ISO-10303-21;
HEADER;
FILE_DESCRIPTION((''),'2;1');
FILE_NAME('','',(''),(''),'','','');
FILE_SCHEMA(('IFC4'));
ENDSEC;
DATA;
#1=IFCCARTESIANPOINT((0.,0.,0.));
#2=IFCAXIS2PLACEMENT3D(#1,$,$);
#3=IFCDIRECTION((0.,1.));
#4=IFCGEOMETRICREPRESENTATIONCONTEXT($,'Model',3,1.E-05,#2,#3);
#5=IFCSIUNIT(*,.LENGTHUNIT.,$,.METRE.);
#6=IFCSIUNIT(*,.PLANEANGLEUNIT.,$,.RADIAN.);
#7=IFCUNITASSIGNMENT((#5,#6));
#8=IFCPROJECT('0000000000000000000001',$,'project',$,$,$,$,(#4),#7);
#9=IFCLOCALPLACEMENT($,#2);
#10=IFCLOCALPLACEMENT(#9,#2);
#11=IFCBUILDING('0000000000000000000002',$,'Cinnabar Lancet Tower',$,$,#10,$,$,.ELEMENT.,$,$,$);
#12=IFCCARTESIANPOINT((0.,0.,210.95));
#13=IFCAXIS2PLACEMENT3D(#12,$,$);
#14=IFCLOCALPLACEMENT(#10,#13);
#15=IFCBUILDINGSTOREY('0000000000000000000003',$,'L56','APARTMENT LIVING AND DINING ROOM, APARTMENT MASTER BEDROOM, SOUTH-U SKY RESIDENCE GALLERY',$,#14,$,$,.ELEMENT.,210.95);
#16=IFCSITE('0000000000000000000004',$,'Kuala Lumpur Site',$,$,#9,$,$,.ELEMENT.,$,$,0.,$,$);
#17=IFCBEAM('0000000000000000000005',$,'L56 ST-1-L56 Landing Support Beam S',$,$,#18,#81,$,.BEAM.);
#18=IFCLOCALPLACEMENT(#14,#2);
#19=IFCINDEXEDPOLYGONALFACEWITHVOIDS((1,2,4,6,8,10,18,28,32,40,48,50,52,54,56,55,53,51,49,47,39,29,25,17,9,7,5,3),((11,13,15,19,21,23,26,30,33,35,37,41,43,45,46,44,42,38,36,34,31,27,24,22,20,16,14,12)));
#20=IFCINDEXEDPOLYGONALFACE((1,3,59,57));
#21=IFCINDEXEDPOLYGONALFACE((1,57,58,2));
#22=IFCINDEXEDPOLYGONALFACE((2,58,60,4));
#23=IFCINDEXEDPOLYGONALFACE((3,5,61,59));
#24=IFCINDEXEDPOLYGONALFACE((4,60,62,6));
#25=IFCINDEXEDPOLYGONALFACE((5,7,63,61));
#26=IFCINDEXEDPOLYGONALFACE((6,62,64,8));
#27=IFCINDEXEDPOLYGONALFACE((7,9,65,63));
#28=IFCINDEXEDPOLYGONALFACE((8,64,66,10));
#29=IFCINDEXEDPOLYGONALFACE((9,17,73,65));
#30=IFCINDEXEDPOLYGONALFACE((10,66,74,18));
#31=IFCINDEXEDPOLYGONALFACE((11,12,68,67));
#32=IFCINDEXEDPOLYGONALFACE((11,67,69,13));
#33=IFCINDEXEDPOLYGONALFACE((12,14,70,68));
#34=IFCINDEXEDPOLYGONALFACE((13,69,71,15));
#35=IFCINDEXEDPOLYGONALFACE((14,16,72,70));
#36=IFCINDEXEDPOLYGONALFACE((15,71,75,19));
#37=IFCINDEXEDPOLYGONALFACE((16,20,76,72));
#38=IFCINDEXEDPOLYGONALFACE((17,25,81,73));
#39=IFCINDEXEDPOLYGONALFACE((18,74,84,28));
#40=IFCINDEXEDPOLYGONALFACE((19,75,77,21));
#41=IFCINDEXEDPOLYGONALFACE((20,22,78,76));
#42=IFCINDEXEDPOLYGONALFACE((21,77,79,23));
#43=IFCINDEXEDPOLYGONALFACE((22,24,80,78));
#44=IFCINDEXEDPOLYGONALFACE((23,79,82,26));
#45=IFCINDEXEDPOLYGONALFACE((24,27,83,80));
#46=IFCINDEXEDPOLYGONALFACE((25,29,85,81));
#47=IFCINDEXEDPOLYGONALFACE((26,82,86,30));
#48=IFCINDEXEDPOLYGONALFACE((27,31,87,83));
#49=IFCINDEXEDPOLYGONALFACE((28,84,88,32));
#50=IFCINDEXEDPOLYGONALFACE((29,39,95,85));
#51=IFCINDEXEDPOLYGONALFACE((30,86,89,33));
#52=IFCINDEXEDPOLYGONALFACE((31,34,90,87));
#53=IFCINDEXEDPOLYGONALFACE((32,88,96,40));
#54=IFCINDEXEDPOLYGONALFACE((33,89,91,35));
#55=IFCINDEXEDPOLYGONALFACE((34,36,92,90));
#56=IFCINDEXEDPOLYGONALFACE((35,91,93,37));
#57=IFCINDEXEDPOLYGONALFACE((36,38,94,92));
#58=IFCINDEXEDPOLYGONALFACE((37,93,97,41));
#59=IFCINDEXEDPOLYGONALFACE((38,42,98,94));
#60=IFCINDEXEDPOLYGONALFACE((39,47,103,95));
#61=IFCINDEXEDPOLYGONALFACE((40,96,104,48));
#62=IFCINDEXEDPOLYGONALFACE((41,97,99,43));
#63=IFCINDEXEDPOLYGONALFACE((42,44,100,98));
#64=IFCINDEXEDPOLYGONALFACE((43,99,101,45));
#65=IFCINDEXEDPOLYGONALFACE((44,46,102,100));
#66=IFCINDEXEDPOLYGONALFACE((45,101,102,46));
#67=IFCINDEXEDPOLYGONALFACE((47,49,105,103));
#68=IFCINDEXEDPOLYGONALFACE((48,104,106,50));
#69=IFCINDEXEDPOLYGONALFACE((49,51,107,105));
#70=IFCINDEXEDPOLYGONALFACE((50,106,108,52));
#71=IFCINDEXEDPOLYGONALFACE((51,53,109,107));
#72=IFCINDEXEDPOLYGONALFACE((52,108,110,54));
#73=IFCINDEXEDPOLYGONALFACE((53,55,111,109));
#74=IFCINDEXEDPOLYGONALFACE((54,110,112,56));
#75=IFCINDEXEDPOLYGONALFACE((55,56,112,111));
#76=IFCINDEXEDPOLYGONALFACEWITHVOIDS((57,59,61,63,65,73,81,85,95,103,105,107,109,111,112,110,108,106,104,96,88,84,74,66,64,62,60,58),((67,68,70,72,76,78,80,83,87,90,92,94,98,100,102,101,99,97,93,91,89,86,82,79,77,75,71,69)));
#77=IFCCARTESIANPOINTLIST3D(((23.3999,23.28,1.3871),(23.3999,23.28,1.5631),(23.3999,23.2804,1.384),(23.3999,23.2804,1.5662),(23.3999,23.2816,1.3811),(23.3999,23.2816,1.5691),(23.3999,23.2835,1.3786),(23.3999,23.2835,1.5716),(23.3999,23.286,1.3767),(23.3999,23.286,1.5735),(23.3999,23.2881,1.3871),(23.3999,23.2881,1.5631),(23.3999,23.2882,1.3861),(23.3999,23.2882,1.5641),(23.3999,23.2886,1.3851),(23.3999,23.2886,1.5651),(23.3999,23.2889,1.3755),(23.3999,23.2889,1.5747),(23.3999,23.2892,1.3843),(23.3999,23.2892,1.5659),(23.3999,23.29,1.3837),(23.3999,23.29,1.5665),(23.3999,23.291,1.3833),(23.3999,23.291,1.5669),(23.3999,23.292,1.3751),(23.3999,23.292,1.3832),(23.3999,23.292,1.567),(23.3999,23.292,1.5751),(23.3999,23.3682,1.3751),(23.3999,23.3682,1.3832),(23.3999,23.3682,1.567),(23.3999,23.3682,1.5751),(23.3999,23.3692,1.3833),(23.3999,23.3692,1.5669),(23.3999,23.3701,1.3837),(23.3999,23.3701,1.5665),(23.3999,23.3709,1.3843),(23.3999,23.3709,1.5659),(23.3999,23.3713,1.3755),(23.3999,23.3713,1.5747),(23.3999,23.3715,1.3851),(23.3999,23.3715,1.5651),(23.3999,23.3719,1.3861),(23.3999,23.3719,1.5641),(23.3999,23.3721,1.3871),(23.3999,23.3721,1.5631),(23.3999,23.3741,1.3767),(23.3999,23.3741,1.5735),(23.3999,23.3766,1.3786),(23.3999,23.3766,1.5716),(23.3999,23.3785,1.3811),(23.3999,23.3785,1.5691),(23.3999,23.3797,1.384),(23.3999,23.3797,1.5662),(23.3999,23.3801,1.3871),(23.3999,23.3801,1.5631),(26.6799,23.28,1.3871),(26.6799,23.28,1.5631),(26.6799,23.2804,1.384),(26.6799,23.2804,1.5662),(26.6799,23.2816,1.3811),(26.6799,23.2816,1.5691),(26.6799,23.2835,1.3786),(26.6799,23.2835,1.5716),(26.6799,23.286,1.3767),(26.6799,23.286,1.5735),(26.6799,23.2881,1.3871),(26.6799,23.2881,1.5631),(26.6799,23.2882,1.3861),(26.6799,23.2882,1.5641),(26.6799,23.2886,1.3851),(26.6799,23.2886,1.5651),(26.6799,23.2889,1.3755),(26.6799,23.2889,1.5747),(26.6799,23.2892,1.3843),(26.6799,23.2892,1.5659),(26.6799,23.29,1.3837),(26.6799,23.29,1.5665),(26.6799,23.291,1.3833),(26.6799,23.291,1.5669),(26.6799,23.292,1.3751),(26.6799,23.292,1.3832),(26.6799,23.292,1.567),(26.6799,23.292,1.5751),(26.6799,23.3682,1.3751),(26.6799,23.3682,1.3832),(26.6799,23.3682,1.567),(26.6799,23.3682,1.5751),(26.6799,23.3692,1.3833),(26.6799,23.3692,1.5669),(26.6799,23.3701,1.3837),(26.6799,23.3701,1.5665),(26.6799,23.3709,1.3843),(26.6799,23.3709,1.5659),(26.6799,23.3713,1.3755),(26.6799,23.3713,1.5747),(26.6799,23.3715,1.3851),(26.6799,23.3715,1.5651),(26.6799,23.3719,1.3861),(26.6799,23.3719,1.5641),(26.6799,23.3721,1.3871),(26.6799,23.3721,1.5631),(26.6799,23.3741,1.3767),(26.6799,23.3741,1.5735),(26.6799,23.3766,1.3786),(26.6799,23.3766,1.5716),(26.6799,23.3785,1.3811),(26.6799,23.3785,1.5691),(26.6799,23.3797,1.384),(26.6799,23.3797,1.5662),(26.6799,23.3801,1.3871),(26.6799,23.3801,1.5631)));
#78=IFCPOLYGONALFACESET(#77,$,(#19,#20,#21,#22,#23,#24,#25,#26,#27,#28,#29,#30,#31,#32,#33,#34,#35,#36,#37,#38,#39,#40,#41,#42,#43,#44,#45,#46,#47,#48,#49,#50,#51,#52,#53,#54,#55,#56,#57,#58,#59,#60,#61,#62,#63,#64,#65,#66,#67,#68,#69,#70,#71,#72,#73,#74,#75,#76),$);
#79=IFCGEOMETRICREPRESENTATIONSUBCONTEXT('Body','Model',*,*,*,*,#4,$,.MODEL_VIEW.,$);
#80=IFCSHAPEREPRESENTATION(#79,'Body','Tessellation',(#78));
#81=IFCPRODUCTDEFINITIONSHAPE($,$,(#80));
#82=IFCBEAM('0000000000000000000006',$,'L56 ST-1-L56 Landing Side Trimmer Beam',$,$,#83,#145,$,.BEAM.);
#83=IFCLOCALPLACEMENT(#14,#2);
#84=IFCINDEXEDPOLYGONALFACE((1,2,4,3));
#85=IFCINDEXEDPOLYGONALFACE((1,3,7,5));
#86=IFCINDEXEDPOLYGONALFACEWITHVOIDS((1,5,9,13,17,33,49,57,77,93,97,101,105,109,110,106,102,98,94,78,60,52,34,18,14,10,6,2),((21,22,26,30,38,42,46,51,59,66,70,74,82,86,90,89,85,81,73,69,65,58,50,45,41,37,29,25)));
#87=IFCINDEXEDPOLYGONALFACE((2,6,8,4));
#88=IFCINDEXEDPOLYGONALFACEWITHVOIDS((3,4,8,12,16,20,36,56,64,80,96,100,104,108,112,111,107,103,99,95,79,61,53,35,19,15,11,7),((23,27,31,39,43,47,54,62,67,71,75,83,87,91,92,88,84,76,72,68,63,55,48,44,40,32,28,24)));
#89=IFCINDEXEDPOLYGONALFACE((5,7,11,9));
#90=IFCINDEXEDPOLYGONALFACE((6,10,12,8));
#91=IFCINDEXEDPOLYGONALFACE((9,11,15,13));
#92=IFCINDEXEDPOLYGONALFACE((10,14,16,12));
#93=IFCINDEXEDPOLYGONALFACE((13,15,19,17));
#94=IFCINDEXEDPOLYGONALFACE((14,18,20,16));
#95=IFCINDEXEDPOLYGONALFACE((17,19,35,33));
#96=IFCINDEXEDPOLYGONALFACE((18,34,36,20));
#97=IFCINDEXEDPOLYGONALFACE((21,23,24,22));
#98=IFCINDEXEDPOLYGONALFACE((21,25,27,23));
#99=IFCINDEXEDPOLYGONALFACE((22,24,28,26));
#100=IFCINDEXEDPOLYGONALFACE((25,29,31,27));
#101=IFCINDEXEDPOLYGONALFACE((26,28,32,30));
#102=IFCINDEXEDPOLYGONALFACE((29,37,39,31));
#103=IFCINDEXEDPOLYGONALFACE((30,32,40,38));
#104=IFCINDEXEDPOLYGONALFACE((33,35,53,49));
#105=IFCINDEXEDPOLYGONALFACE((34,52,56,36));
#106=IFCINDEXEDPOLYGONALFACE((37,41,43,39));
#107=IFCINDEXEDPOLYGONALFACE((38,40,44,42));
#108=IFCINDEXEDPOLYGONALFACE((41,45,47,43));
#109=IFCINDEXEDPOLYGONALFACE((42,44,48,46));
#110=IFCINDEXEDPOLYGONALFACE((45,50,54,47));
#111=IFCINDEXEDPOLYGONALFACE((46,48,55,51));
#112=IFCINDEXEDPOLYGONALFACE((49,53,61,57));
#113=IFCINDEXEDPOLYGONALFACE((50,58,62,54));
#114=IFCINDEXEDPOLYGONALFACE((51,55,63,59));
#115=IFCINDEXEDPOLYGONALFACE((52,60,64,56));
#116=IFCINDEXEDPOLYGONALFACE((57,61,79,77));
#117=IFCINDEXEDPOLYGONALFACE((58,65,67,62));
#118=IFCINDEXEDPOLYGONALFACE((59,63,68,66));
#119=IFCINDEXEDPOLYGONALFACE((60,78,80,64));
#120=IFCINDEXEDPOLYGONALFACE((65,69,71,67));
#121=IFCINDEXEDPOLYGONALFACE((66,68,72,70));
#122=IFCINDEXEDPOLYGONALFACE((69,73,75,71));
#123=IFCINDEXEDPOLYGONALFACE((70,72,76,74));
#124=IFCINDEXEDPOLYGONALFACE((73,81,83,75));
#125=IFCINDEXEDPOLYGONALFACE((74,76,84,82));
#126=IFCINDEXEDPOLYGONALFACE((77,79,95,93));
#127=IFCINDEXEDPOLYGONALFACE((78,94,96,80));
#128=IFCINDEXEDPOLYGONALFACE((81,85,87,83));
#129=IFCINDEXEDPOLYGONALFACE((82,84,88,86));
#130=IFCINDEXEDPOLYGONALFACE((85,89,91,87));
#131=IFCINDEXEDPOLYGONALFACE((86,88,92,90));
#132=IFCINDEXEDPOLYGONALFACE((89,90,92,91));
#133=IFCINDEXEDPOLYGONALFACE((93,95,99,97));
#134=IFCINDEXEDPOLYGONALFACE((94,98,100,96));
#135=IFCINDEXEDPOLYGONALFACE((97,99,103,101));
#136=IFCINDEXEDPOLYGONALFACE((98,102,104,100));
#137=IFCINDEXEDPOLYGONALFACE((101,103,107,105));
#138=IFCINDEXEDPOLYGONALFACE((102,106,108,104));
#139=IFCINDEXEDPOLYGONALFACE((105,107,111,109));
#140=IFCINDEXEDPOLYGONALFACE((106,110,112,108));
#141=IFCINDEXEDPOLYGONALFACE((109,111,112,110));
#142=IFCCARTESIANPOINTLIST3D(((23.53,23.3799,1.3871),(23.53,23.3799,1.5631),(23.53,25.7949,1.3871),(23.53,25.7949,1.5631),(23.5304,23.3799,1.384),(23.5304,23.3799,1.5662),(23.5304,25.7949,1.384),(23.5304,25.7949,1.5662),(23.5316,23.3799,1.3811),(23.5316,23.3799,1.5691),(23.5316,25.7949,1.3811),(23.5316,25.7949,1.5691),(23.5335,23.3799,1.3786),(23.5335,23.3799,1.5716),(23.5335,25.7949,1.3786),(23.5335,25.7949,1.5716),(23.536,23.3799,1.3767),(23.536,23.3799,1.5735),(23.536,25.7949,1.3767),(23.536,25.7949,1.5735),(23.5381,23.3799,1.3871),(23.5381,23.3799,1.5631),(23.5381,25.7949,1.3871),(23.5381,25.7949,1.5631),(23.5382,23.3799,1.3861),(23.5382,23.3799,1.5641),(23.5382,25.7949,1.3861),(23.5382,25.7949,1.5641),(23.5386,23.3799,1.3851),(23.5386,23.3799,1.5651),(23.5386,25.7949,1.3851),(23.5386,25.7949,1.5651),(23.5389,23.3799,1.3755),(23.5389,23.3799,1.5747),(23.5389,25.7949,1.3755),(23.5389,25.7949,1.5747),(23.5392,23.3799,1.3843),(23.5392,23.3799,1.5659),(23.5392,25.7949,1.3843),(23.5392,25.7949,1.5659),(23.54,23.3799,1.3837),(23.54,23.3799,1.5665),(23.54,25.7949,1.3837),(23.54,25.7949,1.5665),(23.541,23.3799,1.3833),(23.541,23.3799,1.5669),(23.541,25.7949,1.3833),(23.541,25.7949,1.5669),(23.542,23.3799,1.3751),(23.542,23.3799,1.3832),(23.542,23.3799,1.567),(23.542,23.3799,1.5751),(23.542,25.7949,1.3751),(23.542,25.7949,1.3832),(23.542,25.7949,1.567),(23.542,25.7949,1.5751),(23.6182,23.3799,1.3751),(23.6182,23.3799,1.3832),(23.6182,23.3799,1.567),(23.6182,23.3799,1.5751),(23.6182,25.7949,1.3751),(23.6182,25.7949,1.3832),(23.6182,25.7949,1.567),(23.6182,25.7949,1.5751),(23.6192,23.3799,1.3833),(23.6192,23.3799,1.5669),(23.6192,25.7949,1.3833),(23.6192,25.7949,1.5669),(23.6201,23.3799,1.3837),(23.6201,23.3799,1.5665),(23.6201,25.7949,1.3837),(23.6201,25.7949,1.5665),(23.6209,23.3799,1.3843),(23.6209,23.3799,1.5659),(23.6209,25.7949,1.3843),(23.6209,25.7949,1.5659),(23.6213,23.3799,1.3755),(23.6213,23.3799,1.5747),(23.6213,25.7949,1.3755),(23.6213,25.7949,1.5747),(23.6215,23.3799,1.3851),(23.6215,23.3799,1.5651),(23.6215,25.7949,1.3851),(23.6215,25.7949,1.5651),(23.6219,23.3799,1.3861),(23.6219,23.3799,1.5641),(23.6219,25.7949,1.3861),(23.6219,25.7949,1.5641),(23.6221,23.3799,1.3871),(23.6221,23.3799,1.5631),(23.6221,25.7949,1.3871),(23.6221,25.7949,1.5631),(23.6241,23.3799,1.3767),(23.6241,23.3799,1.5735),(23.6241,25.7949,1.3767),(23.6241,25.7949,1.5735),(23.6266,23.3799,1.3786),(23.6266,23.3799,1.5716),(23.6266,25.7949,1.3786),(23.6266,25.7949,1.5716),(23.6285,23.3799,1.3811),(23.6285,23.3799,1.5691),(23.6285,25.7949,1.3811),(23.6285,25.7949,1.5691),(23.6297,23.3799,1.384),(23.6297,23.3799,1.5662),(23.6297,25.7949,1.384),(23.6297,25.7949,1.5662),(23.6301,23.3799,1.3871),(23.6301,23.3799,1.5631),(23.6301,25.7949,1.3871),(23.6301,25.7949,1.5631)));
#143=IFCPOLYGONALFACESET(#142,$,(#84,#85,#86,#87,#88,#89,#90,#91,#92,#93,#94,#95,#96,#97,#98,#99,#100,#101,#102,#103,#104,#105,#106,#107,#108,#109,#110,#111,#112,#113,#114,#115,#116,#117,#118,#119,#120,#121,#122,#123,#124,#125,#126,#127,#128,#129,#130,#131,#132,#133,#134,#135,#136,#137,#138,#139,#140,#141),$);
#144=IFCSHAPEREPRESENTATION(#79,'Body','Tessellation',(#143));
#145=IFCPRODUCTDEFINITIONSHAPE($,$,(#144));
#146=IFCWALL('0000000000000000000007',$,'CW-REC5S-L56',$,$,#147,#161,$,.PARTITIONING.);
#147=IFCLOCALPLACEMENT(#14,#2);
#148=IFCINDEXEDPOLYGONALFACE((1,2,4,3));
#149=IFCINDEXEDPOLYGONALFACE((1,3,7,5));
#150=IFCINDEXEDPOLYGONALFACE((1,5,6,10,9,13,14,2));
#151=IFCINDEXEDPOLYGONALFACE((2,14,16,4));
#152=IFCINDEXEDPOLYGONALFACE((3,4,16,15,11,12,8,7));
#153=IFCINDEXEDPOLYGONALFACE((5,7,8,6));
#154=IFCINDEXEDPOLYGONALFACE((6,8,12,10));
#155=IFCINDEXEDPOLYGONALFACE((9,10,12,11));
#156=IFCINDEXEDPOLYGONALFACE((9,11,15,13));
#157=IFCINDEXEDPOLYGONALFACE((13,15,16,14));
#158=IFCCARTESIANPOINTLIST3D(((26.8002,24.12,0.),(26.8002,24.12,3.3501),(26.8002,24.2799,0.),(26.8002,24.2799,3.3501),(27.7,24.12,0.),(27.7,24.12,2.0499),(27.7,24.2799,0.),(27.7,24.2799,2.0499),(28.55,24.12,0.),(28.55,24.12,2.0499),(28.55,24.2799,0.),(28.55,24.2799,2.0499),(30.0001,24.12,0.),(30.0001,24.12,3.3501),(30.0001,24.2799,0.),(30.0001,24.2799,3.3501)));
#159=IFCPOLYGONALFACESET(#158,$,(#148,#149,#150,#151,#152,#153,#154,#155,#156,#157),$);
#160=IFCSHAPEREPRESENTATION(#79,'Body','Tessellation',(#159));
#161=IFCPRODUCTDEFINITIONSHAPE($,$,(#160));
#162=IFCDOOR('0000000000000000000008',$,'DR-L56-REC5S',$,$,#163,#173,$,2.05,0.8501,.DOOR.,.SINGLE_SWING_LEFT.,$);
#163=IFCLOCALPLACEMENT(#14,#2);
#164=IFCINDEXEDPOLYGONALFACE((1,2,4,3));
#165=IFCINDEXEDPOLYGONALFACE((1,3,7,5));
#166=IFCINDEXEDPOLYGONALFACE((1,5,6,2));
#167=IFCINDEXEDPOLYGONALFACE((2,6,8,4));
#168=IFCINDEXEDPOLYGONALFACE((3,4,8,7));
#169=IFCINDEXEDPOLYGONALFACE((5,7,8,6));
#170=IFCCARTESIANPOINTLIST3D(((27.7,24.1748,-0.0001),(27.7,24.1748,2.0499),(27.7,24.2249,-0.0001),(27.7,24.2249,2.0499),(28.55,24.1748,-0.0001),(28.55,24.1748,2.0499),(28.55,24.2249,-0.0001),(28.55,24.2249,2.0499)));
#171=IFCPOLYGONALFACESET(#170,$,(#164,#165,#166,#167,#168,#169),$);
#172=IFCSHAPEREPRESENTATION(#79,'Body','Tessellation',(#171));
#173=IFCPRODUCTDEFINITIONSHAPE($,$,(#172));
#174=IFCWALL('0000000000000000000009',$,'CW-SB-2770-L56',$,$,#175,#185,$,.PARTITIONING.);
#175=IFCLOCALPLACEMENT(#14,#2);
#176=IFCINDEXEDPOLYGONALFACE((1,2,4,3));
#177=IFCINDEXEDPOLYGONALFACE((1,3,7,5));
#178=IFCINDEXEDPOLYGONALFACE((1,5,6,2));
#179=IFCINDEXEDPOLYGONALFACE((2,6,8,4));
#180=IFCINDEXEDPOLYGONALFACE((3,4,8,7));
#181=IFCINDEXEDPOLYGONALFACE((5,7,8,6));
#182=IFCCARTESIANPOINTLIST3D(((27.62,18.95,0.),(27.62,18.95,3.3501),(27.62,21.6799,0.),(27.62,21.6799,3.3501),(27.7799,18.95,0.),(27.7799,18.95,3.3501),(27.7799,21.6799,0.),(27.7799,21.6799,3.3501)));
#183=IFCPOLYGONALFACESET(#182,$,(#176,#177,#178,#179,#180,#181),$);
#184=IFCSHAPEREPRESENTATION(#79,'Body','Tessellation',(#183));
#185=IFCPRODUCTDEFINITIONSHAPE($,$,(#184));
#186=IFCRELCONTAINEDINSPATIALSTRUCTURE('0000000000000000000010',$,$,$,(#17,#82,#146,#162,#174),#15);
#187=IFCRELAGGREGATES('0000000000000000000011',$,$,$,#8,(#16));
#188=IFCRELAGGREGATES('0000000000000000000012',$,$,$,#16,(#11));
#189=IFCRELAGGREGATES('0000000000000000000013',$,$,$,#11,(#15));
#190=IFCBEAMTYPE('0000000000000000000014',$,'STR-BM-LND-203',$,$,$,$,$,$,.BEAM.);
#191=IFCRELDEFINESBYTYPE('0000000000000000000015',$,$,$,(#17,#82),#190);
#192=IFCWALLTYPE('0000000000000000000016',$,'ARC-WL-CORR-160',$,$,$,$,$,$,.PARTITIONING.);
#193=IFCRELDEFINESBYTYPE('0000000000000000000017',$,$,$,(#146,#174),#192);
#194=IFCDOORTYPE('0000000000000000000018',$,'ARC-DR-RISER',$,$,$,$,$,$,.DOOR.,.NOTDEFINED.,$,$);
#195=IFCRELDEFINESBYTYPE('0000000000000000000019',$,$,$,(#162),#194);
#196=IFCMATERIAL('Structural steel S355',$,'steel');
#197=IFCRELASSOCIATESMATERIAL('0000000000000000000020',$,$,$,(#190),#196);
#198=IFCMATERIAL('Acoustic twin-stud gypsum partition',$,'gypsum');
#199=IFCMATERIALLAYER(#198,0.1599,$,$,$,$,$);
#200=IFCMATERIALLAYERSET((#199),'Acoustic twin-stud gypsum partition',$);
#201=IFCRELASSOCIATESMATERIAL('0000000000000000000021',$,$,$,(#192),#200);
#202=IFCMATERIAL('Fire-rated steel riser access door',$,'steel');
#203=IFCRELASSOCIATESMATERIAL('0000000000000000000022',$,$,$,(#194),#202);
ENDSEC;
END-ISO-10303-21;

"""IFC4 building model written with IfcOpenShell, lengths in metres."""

from ifc_helpers import new_model, si_unit, direction, frame, frame_2d, origin, origin_2d, place, context, subcontext, project, spatial, rectangle, hollow_rectangle, extrude, material, layer, layer_set, material_profile, profile_set, type_object, element, fill, save


model = new_model("IFC4")

# Units and contexts
model_context = context("Model", 3, precision=1e-05, world=origin(), true_north=direction((0.0, 1.0)))
body_context = subcontext(model_context, "Body", "Model", "MODEL_VIEW")
ifc_project = project(units=[si_unit("LENGTHUNIT", "METRE"), si_unit("PLANEANGLEUNIT", "RADIAN")], contexts=[model_context])

# Site, building, storey
site_placement = place(None, origin())
site = spatial("IfcSite", under=ifc_project, at=site_placement, Name="Kuala Lumpur Site", CompositionType="ELEMENT", RefElevation=0.0)
building_placement = place(site_placement, origin())
building = spatial("IfcBuilding", under=site, at=building_placement, Name="Cinnabar Lancet Tower", CompositionType="ELEMENT")
storey_placement = place(building_placement, frame((0.0, 0.0, 210.95)))
storey = spatial("IfcBuildingStorey", under=building, at=storey_placement, Name="L56", Description="APARTMENT LIVING AND DINING ROOM, APARTMENT MASTER BEDROOM, SOUTH-U SKY RESIDENCE GALLERY", CompositionType="ELEMENT", Elevation=210.95)

# Beams
ifc_material_1 = material(Name="Structural steel S355", Category="steel")
ifc_material_profile_1 = material_profile(ifc_material_1, hollow_rectangle(XDim=0.1001, YDim=0.2, WallThickness=0.0081, InnerFilletRadius=0.0039, OuterFilletRadius=0.012, at=origin_2d()), Name="RHS 200x100x8")
ifc_profile_set_1 = profile_set([ifc_material_profile_1], Name="Structural steel S355")
beam_type_1 = type_object("IfcBeamType", Name="STR-BM-LND-203", PredefinedType="BEAM", material=ifc_profile_set_1)
beam_1_placement = place(storey_placement, frame((23.3999, 23.3301, 1.4751), z_axis=(1.0, 0.0, 0.0), x_axis=(0.0, 1.0, 0.0)))
element("IfcBeam", 1, at=beam_1_placement, inside=storey, type_object=beam_type_1, Name="L56 ST-1-L56 Landing Support Beam S", PredefinedType="BEAM", context=body_context, shape_type="SweptSolid", body=[
    extrude(hollow_rectangle(XDim=0.1001, YDim=0.2, WallThickness=0.0081, InnerFilletRadius=0.0039, OuterFilletRadius=0.012, at=origin_2d()), origin(), (0.0, 0.0, 1.0), 3.28),
])
beam_2_placement = place(storey_placement, frame((23.5801, 23.3799, 1.4751), z_axis=(0.0, 1.0, 0.0), x_axis=(-1.0, 0.0, 0.0)))
element("IfcBeam", 2, at=beam_2_placement, inside=storey, type_object=beam_type_1, Name="L56 ST-1-L56 Landing Side Trimmer Beam", PredefinedType="BEAM", context=body_context, shape_type="SweptSolid", body=[
    extrude(hollow_rectangle(XDim=0.1001, YDim=0.2, WallThickness=0.0081, InnerFilletRadius=0.0039, OuterFilletRadius=0.012, at=origin_2d()), origin(), (0.0, 0.0, 1.0), 2.415),
])

# Wall, opening, door
ifc_material_2 = material(Name="Acoustic twin-stud gypsum partition", Category="gypsum")
ifc_layer_1 = layer(ifc_material_2, 0.1599)
ifc_layer_set_1 = layer_set([ifc_layer_1], Name="Acoustic twin-stud gypsum partition")
wall_type_1 = type_object("IfcWallType", Name="ARC-WL-CORR-160", PredefinedType="PARTITIONING", material=ifc_layer_set_1)
wall_1_placement = place(storey_placement, frame((26.8, 24.2, 0.0), z_axis=(0.0, 0.0, 1.0), x_axis=(1.0, 0.0, 0.0)))
wall_1 = element("IfcWall", 3, at=wall_1_placement, inside=storey, type_object=wall_type_1, Name="CW-REC5S-L56", PredefinedType="PARTITIONING", context=body_context, shape_type="SweptSolid", body=[
    extrude(rectangle(XDim=3.2, YDim=0.1599, at=frame_2d((1.6001, 0.0))), origin(), (0.0, 0.0, 1.0), 3.3501),
])
opening_1_placement = place(wall_1_placement, frame((0.8999, 0.0, 0.0)))
opening_1 = element("IfcOpeningElement", 4, at=opening_1_placement, cuts=wall_1, PredefinedType="OPENING", context=body_context, shape_type="SweptSolid", body=[
    extrude(rectangle(XDim=0.8501, YDim=2.05, at=frame_2d((0.425, 1.0249))), frame((0.0, 0.0898, 0.0), z_axis=(0.0, -1.0, 0.0), x_axis=(1.0, 0.0, 0.0)), (0.0, 0.0, 1.0), 0.1799),
])
ifc_material_3 = material(Name="Fire-rated steel riser access door", Category="steel")
door_type_1 = type_object("IfcDoorType", Name="ARC-DR-RISER", OperationType="NOTDEFINED", PredefinedType="DOOR", material=ifc_material_3)
door_1_placement = place(opening_1_placement, origin())
door_1 = element("IfcDoor", 5, at=door_1_placement, inside=storey, type_object=door_type_1, Name="DR-L56-REC5S", OperationType="SINGLE_SWING_LEFT", OverallHeight=2.05, OverallWidth=0.8501, PredefinedType="DOOR", context=body_context, shape_type="SweptSolid", body=[
    extrude(rectangle(XDim=0.8501, YDim=2.05, at=frame_2d((0.425, 1.0249))), frame((0.0, 0.0249, 0.0), z_axis=(0.0, -1.0, 0.0), x_axis=(1.0, 0.0, 0.0)), (0.0, 0.0, 1.0), 0.05),
])
fill(opening_1, door_1)

# Wall
wall_2_placement = place(storey_placement, frame((27.7, 18.95, 0.0), z_axis=(0.0, 0.0, 1.0), x_axis=(0.0, 1.0, 0.0)))
element("IfcWall", 6, at=wall_2_placement, inside=storey, type_object=wall_type_1, Name="CW-SB-2770-L56", PredefinedType="PARTITIONING", context=body_context, shape_type="SweptSolid", body=[
    extrude(rectangle(XDim=2.73, YDim=0.1599, at=frame_2d((1.365, 0.0))), origin(), (0.0, 0.0, 1.0), 3.3501),
])

save(model, "model.ifc")
